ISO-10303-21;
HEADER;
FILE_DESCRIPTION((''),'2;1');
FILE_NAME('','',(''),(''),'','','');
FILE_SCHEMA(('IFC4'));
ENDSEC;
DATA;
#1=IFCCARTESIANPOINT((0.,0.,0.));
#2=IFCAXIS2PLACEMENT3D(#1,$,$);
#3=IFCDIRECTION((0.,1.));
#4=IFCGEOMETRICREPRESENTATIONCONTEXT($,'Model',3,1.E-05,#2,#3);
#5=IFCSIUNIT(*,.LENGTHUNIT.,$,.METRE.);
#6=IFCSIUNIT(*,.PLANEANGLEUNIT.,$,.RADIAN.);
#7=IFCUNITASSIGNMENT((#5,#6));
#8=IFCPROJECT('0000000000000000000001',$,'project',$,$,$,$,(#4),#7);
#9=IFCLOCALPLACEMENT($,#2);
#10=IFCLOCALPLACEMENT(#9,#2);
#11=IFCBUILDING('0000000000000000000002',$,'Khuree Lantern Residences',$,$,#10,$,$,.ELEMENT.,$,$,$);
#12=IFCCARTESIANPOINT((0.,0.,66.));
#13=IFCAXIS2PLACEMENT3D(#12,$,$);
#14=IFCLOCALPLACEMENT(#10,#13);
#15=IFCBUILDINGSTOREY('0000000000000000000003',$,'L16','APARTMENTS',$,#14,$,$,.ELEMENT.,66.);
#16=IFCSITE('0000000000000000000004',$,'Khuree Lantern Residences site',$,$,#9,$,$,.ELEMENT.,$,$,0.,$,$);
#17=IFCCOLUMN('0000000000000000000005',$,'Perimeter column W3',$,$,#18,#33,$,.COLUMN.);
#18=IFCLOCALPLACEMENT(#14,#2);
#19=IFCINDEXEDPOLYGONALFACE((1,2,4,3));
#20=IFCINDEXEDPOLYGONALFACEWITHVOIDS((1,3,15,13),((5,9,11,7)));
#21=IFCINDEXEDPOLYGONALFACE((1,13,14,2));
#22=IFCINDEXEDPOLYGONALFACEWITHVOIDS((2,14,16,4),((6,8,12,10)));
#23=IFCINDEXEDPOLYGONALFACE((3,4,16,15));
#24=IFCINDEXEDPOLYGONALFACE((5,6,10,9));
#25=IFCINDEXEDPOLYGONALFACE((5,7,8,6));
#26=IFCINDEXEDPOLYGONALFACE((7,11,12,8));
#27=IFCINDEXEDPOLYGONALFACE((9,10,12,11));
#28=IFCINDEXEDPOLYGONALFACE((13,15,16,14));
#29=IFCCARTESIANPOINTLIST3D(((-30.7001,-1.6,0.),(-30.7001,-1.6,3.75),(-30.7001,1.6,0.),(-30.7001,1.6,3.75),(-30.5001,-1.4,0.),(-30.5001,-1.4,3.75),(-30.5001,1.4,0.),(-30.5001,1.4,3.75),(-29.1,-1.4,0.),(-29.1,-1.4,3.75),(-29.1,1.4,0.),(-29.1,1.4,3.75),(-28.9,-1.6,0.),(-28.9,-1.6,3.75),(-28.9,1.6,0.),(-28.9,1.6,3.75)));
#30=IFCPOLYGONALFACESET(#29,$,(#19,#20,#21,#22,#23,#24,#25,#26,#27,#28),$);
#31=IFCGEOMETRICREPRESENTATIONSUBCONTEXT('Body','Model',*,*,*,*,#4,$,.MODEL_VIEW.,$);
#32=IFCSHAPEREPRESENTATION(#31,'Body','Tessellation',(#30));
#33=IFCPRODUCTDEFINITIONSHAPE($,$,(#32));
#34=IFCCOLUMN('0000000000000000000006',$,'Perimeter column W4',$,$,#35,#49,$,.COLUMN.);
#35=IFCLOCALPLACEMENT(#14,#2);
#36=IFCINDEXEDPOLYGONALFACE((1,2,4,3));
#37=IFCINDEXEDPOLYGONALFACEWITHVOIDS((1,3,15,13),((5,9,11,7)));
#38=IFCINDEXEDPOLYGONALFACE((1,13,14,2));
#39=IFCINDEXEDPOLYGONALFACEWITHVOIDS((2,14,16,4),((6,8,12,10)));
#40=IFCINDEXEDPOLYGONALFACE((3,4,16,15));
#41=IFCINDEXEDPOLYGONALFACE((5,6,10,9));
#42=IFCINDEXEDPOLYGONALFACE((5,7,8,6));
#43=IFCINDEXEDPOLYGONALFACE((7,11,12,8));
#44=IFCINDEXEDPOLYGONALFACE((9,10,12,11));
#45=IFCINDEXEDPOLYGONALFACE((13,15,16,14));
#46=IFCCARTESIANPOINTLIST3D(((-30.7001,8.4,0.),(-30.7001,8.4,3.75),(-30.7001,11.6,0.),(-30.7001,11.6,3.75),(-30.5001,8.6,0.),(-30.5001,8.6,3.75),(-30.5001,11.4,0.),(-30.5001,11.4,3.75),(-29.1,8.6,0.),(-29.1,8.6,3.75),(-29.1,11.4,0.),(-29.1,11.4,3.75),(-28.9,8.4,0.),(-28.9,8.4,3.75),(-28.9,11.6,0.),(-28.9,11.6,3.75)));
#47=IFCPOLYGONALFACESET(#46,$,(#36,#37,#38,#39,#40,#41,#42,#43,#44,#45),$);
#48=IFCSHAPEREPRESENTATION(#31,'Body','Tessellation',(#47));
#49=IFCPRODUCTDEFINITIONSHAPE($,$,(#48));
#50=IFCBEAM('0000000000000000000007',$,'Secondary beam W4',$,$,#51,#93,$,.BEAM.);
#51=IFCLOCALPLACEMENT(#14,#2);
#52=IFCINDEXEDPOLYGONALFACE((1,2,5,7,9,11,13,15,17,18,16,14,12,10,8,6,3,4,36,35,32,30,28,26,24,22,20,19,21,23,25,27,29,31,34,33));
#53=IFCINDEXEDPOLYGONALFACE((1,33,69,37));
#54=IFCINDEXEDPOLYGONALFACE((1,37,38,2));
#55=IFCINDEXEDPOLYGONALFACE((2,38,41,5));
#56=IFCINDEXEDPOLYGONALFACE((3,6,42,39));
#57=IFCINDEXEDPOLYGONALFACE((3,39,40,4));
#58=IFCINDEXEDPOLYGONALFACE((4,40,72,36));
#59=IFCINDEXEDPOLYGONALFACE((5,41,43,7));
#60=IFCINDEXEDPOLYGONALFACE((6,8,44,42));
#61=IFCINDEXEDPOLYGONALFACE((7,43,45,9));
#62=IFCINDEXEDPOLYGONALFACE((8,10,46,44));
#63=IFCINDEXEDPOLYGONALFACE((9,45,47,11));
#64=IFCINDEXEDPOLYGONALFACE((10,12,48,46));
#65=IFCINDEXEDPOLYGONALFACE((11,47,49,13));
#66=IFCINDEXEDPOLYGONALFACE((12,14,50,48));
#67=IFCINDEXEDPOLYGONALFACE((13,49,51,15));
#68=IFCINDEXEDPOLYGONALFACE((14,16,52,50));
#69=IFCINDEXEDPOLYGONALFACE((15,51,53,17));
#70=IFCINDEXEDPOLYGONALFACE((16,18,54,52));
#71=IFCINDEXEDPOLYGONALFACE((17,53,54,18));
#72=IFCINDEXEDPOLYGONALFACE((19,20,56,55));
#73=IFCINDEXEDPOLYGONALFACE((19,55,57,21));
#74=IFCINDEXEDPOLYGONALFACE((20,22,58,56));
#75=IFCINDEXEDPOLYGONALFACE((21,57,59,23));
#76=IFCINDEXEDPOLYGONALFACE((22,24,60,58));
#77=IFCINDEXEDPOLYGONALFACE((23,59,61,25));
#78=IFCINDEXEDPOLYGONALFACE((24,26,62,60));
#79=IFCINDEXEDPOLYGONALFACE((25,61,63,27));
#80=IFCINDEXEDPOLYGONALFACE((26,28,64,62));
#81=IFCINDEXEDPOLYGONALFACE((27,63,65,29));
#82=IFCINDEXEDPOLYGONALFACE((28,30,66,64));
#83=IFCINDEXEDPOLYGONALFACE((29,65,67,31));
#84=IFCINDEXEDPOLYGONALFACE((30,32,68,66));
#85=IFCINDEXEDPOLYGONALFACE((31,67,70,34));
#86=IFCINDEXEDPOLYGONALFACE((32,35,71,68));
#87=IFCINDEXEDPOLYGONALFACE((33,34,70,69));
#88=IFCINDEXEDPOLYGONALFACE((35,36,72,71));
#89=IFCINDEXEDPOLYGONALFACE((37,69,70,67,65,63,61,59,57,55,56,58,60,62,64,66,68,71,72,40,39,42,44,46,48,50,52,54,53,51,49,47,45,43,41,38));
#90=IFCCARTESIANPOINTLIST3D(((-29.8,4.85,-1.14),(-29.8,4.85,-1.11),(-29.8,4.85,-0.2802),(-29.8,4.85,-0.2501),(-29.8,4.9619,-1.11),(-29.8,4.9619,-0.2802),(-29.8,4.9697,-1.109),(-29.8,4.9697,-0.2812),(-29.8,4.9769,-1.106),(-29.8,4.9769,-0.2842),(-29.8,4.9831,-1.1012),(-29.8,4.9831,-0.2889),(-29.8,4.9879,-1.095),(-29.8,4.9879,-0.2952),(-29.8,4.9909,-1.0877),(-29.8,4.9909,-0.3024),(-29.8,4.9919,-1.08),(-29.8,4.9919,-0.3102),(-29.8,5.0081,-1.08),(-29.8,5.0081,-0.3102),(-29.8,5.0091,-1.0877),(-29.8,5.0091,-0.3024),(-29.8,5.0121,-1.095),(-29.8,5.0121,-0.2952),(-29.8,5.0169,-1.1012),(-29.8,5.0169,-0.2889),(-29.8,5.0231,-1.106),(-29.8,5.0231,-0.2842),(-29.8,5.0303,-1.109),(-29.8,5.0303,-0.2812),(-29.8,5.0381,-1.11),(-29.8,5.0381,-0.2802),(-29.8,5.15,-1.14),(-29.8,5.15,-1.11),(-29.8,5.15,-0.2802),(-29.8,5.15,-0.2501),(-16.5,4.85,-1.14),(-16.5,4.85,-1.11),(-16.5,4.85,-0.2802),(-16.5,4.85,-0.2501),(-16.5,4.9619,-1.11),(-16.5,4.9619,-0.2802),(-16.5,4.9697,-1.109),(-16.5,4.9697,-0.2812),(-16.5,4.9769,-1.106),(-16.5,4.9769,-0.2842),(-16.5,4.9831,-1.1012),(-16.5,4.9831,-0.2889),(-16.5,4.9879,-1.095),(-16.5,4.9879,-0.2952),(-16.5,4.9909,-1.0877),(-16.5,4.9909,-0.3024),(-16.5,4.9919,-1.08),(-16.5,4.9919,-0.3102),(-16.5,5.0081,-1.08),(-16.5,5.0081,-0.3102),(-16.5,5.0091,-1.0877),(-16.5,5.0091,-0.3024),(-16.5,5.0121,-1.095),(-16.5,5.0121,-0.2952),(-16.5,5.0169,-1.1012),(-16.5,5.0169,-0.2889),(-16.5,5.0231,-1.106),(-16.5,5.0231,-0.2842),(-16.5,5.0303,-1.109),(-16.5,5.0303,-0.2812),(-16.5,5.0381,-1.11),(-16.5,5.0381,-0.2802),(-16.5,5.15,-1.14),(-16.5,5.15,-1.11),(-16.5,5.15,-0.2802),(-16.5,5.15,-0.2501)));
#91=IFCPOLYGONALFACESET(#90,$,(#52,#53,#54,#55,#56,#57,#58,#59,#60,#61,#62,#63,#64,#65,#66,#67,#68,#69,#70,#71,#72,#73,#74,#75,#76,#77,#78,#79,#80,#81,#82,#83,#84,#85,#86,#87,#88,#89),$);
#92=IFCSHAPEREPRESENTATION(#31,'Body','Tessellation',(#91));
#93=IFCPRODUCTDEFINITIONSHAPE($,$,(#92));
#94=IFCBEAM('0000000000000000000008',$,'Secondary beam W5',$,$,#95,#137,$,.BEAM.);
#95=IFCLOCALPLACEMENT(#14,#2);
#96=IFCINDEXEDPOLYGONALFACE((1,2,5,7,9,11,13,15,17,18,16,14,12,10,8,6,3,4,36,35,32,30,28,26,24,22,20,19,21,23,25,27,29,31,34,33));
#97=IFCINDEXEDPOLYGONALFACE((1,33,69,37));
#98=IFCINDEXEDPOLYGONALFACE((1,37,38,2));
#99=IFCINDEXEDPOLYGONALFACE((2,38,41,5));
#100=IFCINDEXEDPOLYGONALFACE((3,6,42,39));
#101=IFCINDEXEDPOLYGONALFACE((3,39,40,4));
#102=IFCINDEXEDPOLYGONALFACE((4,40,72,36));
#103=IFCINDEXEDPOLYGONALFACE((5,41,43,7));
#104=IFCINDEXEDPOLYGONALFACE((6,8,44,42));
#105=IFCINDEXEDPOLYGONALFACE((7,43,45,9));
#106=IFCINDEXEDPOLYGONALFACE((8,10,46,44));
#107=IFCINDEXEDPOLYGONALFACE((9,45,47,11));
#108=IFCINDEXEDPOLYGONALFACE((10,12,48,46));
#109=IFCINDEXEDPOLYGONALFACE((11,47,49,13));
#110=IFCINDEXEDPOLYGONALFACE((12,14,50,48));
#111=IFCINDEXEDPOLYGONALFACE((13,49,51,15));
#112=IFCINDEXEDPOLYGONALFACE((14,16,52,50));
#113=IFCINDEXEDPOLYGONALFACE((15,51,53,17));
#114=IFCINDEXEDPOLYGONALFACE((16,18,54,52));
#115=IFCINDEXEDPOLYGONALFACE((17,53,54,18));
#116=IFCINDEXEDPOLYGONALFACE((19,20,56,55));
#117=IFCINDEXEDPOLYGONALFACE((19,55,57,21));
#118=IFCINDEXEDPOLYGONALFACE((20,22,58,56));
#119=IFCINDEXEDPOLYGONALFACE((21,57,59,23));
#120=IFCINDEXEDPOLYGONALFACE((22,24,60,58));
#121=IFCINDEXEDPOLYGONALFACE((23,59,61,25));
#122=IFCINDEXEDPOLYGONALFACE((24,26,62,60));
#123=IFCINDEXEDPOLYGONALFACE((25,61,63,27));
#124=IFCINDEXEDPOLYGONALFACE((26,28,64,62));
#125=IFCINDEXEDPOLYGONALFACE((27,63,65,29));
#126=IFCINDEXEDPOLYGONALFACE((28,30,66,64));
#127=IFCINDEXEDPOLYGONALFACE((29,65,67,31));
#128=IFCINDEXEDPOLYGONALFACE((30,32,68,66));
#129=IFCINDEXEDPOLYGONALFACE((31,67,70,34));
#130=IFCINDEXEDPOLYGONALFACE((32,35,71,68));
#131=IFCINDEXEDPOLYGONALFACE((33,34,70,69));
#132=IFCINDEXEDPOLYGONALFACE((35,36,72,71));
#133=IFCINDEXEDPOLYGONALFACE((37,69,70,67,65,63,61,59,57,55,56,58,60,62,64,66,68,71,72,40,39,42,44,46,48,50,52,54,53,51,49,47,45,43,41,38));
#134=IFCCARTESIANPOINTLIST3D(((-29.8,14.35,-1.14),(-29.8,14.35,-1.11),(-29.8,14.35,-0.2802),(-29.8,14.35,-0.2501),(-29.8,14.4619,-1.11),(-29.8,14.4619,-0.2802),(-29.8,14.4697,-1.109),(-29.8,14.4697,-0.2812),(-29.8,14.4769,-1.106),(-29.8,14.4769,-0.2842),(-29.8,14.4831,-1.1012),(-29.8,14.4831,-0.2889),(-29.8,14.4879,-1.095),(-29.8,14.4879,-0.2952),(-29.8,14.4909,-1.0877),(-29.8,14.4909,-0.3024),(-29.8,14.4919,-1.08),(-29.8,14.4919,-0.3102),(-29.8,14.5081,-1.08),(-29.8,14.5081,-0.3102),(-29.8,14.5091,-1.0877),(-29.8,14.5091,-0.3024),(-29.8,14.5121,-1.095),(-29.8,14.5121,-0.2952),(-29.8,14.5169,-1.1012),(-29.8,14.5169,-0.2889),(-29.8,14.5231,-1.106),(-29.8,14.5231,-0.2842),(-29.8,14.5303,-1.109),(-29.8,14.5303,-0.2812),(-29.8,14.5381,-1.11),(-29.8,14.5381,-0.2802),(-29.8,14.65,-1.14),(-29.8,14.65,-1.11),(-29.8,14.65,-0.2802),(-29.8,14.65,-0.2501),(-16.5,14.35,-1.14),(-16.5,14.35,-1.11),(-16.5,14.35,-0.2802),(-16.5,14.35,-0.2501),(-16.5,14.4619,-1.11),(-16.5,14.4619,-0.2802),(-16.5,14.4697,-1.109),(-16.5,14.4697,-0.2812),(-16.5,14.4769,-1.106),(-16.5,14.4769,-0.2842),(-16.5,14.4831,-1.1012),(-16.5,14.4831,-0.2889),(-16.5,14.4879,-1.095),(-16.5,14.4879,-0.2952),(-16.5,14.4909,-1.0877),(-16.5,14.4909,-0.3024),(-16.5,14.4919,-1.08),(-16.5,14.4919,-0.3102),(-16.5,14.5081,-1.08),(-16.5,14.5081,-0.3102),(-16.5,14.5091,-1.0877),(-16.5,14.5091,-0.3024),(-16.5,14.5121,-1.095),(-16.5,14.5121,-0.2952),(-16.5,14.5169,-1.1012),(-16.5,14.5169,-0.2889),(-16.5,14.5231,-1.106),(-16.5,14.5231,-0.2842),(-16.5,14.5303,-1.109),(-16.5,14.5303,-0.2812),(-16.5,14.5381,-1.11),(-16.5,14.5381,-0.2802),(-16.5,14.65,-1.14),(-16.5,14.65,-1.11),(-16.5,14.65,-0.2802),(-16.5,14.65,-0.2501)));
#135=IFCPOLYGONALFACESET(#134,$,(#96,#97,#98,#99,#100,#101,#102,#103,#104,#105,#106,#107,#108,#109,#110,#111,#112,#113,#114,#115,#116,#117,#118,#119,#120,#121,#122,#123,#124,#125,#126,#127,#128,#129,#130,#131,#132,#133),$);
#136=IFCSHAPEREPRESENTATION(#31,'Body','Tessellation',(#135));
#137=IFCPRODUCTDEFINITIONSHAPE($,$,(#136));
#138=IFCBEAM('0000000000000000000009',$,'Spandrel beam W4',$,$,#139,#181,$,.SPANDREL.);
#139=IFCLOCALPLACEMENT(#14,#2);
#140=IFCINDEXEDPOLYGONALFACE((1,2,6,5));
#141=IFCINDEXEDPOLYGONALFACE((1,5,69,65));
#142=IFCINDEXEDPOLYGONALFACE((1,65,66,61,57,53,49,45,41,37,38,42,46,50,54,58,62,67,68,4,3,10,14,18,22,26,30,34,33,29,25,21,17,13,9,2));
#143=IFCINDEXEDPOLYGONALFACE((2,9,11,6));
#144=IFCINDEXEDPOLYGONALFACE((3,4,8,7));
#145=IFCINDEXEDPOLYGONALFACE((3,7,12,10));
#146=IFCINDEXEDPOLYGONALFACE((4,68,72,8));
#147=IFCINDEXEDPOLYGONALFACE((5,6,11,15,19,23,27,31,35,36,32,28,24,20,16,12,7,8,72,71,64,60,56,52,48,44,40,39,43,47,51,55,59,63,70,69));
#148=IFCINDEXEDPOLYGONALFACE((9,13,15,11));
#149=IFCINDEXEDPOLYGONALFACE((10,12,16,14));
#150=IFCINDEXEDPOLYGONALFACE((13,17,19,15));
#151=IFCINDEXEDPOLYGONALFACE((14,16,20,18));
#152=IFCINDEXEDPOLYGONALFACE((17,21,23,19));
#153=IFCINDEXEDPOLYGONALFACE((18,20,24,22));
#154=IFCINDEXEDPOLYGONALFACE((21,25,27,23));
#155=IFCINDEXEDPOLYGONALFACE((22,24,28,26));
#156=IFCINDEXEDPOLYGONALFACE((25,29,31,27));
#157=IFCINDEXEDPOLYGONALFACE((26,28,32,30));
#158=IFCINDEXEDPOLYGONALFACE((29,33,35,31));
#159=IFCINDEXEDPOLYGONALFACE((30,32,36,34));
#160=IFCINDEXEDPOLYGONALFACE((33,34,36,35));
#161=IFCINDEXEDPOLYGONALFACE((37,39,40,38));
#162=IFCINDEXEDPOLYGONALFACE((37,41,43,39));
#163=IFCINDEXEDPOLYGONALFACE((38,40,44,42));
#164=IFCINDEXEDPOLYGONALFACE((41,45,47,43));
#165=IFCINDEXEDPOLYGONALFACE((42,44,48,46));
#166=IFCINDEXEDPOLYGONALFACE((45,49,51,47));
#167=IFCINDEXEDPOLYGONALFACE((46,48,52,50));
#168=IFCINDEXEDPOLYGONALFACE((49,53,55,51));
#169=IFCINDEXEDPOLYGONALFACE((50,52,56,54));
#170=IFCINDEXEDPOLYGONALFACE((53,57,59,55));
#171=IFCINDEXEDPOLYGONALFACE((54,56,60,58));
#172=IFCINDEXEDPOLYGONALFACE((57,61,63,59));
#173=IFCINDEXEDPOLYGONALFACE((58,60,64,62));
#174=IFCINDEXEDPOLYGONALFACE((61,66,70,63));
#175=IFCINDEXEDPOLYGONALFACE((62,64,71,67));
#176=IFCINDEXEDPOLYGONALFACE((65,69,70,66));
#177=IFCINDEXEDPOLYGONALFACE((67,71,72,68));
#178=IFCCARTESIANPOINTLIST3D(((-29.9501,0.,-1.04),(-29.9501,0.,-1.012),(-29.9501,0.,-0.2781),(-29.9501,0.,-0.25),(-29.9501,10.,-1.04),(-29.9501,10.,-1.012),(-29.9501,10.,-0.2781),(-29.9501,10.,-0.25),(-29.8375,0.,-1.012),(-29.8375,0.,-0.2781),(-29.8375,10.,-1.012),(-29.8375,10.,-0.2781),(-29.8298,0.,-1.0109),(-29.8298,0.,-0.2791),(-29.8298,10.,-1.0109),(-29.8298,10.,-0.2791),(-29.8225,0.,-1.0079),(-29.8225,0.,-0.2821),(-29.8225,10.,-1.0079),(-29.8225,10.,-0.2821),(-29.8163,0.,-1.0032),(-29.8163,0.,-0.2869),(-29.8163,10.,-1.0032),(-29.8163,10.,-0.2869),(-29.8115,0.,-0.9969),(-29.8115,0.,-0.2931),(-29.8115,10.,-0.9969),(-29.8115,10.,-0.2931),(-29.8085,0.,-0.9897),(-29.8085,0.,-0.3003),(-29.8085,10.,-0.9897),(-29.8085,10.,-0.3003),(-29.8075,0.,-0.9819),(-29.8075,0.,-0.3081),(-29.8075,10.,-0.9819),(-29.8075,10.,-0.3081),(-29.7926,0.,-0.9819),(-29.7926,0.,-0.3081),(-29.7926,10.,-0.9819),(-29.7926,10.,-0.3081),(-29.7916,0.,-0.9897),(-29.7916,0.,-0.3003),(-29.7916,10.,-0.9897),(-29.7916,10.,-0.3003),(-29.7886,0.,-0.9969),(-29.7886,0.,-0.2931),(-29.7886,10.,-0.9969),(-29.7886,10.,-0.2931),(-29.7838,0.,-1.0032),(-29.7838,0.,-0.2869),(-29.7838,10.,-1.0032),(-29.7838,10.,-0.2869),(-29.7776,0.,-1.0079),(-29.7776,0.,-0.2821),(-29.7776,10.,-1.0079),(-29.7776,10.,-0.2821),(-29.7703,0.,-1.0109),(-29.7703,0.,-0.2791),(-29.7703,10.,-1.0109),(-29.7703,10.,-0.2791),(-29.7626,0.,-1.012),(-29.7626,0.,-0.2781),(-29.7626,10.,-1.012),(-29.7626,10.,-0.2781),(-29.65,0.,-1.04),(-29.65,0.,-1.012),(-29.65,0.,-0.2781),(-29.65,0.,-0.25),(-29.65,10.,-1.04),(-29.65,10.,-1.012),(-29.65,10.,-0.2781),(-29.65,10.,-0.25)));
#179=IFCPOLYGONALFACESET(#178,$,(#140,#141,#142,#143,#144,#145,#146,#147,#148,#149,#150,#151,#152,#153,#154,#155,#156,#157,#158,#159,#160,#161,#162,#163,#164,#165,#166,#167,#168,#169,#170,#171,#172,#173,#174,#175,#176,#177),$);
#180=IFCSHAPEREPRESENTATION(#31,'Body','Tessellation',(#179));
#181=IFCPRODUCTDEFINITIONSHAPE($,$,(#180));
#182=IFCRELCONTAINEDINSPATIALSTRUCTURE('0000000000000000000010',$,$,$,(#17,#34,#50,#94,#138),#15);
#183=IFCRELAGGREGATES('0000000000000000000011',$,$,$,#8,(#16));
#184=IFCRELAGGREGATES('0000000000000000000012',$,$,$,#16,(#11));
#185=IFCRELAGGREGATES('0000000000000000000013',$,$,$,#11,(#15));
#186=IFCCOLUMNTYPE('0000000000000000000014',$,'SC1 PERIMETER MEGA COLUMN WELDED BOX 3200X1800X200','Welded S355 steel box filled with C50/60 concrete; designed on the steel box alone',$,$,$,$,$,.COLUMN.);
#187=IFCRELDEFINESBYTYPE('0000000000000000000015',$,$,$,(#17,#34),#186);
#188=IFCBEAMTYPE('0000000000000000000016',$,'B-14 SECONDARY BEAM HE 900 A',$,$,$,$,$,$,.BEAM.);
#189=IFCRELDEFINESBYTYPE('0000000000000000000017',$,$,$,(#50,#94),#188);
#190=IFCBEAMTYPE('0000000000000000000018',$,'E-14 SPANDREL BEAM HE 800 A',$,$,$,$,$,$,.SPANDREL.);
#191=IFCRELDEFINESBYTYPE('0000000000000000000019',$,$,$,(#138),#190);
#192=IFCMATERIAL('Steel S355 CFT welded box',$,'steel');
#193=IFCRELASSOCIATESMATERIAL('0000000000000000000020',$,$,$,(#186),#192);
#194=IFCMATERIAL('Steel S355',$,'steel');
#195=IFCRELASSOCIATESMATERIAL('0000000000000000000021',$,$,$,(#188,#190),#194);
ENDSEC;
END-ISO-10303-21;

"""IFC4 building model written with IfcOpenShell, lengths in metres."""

from ifc_helpers import new_model, si_unit, direction, frame, origin, origin_2d, place, context, subcontext, project, spatial, hollow_rectangle, i_section, extrude, material, material_profile, profile_set, type_object, element, save


model = new_model("IFC4")

# Units and contexts
model_context = context("Model", 3, precision=1e-05, world=origin(), true_north=direction((0.0, 1.0)))
body_context = subcontext(model_context, "Body", "Model", "MODEL_VIEW")
ifc_project = project(units=[si_unit("LENGTHUNIT", "METRE"), si_unit("PLANEANGLEUNIT", "RADIAN")], contexts=[model_context])

# Site, building, storey
site_placement = place(None, origin())
site = spatial("IfcSite", under=ifc_project, at=site_placement, Name="Khuree Lantern Residences site", CompositionType="ELEMENT", RefElevation=0.0)
building_placement = place(site_placement, origin())
building = spatial("IfcBuilding", under=site, at=building_placement, Name="Khuree Lantern Residences", CompositionType="ELEMENT")
storey_placement = place(building_placement, frame((0.0, 0.0, 66.0)))
storey = spatial("IfcBuildingStorey", under=building, at=storey_placement, Name="L16", Description="APARTMENTS", CompositionType="ELEMENT", Elevation=66.0)

# Columns
ifc_material_1 = material(Name="Steel S355 CFT welded box", Category="steel")
ifc_material_profile_1 = material_profile(ifc_material_1, hollow_rectangle(XDim=3.2, YDim=1.8, WallThickness=0.2, at=origin_2d()), Name="WELDED BOX 3200X1800X200")
ifc_profile_set_1 = profile_set([ifc_material_profile_1], Name="Steel S355 CFT welded box")
column_type = type_object("IfcColumnType", Name="SC1 PERIMETER MEGA COLUMN WELDED BOX 3200X1800X200", Description="Welded S355 steel box filled with C50/60 concrete; designed on the steel box alone", PredefinedType="COLUMN", material=ifc_profile_set_1)
for number, where, z_axis, x_axis, name in (
    (1, (-29.8, 0.0, 0.0), (0.0, 0.0, 1.0), (0.0, 1.0, 0.0), "Perimeter column W3"),
    (2, (-29.8, 10.0, 0.0), (0.0, 0.0, 1.0), (0.0, 1.0, 0.0), "Perimeter column W4"),
):
    element("IfcColumn", number, at=place(storey_placement, frame(where, z_axis=z_axis, x_axis=x_axis)), inside=storey, type_object=column_type, Name=name, PredefinedType="COLUMN", context=body_context, shape_type="SweptSolid", body=[
        extrude(hollow_rectangle(XDim=3.2, YDim=1.8, WallThickness=0.2, at=origin_2d()), origin(), (0.0, 0.0, 1.0), 3.75),
    ])

# Beams
ifc_material_2 = material(Name="Steel S355", Category="steel")
ifc_material_profile_2 = material_profile(ifc_material_2, i_section(OverallWidth=0.3, OverallDepth=0.8899, WebThickness=0.0161, FlangeThickness=0.03, FilletRadius=0.03, at=origin_2d()), Name="HE 900 A")
ifc_profile_set_2 = profile_set([ifc_material_profile_2], Name="Steel S355")
beam_type_1 = type_object("IfcBeamType", Name="B-14 SECONDARY BEAM HE 900 A", PredefinedType="BEAM", material=ifc_profile_set_2)
for number, where, z_axis, x_axis, name in (
    (3, (-29.8, 5.0, -0.6951), (1.0, 0.0, 0.0), (0.0, 1.0, 0.0), "Secondary beam W4"),
    (4, (-29.8, 14.5, -0.6951), (1.0, 0.0, 0.0), (0.0, 1.0, 0.0), "Secondary beam W5"),
):
    element("IfcBeam", number, at=place(storey_placement, frame(where, z_axis=z_axis, x_axis=x_axis)), inside=storey, type_object=beam_type_1, Name=name, PredefinedType="BEAM", context=body_context, shape_type="SweptSolid", body=[
        extrude(i_section(OverallWidth=0.3, OverallDepth=0.8899, WebThickness=0.0161, FlangeThickness=0.03, FilletRadius=0.03, at=origin_2d()), origin(), (0.0, 0.0, 1.0), 13.3),
    ])
ifc_material_profile_3 = material_profile(ifc_material_2, i_section(OverallWidth=0.3, OverallDepth=0.79, WebThickness=0.0149, FlangeThickness=0.0281, FilletRadius=0.03, at=origin_2d()), Name="HE 800 A")
ifc_profile_set_3 = profile_set([ifc_material_profile_3], Name="Steel S355")
beam_type_2 = type_object("IfcBeamType", Name="E-14 SPANDREL BEAM HE 800 A", PredefinedType="SPANDREL", material=ifc_profile_set_3)
for number, where, z_axis, x_axis, name in (
    (5, (-29.8, 0.0, -0.645), (0.0, 1.0, 0.0), (-1.0, 0.0, 0.0), "Spandrel beam W4"),
):
    element("IfcBeam", number, at=place(storey_placement, frame(where, z_axis=z_axis, x_axis=x_axis)), inside=storey, type_object=beam_type_2, Name=name, PredefinedType="SPANDREL", context=body_context, shape_type="SweptSolid", body=[
        extrude(i_section(OverallWidth=0.3, OverallDepth=0.79, WebThickness=0.0149, FlangeThickness=0.0281, FilletRadius=0.03, at=origin_2d()), origin(), (0.0, 0.0, 1.0), 10.0),
    ])

save(model, "model.ifc")
